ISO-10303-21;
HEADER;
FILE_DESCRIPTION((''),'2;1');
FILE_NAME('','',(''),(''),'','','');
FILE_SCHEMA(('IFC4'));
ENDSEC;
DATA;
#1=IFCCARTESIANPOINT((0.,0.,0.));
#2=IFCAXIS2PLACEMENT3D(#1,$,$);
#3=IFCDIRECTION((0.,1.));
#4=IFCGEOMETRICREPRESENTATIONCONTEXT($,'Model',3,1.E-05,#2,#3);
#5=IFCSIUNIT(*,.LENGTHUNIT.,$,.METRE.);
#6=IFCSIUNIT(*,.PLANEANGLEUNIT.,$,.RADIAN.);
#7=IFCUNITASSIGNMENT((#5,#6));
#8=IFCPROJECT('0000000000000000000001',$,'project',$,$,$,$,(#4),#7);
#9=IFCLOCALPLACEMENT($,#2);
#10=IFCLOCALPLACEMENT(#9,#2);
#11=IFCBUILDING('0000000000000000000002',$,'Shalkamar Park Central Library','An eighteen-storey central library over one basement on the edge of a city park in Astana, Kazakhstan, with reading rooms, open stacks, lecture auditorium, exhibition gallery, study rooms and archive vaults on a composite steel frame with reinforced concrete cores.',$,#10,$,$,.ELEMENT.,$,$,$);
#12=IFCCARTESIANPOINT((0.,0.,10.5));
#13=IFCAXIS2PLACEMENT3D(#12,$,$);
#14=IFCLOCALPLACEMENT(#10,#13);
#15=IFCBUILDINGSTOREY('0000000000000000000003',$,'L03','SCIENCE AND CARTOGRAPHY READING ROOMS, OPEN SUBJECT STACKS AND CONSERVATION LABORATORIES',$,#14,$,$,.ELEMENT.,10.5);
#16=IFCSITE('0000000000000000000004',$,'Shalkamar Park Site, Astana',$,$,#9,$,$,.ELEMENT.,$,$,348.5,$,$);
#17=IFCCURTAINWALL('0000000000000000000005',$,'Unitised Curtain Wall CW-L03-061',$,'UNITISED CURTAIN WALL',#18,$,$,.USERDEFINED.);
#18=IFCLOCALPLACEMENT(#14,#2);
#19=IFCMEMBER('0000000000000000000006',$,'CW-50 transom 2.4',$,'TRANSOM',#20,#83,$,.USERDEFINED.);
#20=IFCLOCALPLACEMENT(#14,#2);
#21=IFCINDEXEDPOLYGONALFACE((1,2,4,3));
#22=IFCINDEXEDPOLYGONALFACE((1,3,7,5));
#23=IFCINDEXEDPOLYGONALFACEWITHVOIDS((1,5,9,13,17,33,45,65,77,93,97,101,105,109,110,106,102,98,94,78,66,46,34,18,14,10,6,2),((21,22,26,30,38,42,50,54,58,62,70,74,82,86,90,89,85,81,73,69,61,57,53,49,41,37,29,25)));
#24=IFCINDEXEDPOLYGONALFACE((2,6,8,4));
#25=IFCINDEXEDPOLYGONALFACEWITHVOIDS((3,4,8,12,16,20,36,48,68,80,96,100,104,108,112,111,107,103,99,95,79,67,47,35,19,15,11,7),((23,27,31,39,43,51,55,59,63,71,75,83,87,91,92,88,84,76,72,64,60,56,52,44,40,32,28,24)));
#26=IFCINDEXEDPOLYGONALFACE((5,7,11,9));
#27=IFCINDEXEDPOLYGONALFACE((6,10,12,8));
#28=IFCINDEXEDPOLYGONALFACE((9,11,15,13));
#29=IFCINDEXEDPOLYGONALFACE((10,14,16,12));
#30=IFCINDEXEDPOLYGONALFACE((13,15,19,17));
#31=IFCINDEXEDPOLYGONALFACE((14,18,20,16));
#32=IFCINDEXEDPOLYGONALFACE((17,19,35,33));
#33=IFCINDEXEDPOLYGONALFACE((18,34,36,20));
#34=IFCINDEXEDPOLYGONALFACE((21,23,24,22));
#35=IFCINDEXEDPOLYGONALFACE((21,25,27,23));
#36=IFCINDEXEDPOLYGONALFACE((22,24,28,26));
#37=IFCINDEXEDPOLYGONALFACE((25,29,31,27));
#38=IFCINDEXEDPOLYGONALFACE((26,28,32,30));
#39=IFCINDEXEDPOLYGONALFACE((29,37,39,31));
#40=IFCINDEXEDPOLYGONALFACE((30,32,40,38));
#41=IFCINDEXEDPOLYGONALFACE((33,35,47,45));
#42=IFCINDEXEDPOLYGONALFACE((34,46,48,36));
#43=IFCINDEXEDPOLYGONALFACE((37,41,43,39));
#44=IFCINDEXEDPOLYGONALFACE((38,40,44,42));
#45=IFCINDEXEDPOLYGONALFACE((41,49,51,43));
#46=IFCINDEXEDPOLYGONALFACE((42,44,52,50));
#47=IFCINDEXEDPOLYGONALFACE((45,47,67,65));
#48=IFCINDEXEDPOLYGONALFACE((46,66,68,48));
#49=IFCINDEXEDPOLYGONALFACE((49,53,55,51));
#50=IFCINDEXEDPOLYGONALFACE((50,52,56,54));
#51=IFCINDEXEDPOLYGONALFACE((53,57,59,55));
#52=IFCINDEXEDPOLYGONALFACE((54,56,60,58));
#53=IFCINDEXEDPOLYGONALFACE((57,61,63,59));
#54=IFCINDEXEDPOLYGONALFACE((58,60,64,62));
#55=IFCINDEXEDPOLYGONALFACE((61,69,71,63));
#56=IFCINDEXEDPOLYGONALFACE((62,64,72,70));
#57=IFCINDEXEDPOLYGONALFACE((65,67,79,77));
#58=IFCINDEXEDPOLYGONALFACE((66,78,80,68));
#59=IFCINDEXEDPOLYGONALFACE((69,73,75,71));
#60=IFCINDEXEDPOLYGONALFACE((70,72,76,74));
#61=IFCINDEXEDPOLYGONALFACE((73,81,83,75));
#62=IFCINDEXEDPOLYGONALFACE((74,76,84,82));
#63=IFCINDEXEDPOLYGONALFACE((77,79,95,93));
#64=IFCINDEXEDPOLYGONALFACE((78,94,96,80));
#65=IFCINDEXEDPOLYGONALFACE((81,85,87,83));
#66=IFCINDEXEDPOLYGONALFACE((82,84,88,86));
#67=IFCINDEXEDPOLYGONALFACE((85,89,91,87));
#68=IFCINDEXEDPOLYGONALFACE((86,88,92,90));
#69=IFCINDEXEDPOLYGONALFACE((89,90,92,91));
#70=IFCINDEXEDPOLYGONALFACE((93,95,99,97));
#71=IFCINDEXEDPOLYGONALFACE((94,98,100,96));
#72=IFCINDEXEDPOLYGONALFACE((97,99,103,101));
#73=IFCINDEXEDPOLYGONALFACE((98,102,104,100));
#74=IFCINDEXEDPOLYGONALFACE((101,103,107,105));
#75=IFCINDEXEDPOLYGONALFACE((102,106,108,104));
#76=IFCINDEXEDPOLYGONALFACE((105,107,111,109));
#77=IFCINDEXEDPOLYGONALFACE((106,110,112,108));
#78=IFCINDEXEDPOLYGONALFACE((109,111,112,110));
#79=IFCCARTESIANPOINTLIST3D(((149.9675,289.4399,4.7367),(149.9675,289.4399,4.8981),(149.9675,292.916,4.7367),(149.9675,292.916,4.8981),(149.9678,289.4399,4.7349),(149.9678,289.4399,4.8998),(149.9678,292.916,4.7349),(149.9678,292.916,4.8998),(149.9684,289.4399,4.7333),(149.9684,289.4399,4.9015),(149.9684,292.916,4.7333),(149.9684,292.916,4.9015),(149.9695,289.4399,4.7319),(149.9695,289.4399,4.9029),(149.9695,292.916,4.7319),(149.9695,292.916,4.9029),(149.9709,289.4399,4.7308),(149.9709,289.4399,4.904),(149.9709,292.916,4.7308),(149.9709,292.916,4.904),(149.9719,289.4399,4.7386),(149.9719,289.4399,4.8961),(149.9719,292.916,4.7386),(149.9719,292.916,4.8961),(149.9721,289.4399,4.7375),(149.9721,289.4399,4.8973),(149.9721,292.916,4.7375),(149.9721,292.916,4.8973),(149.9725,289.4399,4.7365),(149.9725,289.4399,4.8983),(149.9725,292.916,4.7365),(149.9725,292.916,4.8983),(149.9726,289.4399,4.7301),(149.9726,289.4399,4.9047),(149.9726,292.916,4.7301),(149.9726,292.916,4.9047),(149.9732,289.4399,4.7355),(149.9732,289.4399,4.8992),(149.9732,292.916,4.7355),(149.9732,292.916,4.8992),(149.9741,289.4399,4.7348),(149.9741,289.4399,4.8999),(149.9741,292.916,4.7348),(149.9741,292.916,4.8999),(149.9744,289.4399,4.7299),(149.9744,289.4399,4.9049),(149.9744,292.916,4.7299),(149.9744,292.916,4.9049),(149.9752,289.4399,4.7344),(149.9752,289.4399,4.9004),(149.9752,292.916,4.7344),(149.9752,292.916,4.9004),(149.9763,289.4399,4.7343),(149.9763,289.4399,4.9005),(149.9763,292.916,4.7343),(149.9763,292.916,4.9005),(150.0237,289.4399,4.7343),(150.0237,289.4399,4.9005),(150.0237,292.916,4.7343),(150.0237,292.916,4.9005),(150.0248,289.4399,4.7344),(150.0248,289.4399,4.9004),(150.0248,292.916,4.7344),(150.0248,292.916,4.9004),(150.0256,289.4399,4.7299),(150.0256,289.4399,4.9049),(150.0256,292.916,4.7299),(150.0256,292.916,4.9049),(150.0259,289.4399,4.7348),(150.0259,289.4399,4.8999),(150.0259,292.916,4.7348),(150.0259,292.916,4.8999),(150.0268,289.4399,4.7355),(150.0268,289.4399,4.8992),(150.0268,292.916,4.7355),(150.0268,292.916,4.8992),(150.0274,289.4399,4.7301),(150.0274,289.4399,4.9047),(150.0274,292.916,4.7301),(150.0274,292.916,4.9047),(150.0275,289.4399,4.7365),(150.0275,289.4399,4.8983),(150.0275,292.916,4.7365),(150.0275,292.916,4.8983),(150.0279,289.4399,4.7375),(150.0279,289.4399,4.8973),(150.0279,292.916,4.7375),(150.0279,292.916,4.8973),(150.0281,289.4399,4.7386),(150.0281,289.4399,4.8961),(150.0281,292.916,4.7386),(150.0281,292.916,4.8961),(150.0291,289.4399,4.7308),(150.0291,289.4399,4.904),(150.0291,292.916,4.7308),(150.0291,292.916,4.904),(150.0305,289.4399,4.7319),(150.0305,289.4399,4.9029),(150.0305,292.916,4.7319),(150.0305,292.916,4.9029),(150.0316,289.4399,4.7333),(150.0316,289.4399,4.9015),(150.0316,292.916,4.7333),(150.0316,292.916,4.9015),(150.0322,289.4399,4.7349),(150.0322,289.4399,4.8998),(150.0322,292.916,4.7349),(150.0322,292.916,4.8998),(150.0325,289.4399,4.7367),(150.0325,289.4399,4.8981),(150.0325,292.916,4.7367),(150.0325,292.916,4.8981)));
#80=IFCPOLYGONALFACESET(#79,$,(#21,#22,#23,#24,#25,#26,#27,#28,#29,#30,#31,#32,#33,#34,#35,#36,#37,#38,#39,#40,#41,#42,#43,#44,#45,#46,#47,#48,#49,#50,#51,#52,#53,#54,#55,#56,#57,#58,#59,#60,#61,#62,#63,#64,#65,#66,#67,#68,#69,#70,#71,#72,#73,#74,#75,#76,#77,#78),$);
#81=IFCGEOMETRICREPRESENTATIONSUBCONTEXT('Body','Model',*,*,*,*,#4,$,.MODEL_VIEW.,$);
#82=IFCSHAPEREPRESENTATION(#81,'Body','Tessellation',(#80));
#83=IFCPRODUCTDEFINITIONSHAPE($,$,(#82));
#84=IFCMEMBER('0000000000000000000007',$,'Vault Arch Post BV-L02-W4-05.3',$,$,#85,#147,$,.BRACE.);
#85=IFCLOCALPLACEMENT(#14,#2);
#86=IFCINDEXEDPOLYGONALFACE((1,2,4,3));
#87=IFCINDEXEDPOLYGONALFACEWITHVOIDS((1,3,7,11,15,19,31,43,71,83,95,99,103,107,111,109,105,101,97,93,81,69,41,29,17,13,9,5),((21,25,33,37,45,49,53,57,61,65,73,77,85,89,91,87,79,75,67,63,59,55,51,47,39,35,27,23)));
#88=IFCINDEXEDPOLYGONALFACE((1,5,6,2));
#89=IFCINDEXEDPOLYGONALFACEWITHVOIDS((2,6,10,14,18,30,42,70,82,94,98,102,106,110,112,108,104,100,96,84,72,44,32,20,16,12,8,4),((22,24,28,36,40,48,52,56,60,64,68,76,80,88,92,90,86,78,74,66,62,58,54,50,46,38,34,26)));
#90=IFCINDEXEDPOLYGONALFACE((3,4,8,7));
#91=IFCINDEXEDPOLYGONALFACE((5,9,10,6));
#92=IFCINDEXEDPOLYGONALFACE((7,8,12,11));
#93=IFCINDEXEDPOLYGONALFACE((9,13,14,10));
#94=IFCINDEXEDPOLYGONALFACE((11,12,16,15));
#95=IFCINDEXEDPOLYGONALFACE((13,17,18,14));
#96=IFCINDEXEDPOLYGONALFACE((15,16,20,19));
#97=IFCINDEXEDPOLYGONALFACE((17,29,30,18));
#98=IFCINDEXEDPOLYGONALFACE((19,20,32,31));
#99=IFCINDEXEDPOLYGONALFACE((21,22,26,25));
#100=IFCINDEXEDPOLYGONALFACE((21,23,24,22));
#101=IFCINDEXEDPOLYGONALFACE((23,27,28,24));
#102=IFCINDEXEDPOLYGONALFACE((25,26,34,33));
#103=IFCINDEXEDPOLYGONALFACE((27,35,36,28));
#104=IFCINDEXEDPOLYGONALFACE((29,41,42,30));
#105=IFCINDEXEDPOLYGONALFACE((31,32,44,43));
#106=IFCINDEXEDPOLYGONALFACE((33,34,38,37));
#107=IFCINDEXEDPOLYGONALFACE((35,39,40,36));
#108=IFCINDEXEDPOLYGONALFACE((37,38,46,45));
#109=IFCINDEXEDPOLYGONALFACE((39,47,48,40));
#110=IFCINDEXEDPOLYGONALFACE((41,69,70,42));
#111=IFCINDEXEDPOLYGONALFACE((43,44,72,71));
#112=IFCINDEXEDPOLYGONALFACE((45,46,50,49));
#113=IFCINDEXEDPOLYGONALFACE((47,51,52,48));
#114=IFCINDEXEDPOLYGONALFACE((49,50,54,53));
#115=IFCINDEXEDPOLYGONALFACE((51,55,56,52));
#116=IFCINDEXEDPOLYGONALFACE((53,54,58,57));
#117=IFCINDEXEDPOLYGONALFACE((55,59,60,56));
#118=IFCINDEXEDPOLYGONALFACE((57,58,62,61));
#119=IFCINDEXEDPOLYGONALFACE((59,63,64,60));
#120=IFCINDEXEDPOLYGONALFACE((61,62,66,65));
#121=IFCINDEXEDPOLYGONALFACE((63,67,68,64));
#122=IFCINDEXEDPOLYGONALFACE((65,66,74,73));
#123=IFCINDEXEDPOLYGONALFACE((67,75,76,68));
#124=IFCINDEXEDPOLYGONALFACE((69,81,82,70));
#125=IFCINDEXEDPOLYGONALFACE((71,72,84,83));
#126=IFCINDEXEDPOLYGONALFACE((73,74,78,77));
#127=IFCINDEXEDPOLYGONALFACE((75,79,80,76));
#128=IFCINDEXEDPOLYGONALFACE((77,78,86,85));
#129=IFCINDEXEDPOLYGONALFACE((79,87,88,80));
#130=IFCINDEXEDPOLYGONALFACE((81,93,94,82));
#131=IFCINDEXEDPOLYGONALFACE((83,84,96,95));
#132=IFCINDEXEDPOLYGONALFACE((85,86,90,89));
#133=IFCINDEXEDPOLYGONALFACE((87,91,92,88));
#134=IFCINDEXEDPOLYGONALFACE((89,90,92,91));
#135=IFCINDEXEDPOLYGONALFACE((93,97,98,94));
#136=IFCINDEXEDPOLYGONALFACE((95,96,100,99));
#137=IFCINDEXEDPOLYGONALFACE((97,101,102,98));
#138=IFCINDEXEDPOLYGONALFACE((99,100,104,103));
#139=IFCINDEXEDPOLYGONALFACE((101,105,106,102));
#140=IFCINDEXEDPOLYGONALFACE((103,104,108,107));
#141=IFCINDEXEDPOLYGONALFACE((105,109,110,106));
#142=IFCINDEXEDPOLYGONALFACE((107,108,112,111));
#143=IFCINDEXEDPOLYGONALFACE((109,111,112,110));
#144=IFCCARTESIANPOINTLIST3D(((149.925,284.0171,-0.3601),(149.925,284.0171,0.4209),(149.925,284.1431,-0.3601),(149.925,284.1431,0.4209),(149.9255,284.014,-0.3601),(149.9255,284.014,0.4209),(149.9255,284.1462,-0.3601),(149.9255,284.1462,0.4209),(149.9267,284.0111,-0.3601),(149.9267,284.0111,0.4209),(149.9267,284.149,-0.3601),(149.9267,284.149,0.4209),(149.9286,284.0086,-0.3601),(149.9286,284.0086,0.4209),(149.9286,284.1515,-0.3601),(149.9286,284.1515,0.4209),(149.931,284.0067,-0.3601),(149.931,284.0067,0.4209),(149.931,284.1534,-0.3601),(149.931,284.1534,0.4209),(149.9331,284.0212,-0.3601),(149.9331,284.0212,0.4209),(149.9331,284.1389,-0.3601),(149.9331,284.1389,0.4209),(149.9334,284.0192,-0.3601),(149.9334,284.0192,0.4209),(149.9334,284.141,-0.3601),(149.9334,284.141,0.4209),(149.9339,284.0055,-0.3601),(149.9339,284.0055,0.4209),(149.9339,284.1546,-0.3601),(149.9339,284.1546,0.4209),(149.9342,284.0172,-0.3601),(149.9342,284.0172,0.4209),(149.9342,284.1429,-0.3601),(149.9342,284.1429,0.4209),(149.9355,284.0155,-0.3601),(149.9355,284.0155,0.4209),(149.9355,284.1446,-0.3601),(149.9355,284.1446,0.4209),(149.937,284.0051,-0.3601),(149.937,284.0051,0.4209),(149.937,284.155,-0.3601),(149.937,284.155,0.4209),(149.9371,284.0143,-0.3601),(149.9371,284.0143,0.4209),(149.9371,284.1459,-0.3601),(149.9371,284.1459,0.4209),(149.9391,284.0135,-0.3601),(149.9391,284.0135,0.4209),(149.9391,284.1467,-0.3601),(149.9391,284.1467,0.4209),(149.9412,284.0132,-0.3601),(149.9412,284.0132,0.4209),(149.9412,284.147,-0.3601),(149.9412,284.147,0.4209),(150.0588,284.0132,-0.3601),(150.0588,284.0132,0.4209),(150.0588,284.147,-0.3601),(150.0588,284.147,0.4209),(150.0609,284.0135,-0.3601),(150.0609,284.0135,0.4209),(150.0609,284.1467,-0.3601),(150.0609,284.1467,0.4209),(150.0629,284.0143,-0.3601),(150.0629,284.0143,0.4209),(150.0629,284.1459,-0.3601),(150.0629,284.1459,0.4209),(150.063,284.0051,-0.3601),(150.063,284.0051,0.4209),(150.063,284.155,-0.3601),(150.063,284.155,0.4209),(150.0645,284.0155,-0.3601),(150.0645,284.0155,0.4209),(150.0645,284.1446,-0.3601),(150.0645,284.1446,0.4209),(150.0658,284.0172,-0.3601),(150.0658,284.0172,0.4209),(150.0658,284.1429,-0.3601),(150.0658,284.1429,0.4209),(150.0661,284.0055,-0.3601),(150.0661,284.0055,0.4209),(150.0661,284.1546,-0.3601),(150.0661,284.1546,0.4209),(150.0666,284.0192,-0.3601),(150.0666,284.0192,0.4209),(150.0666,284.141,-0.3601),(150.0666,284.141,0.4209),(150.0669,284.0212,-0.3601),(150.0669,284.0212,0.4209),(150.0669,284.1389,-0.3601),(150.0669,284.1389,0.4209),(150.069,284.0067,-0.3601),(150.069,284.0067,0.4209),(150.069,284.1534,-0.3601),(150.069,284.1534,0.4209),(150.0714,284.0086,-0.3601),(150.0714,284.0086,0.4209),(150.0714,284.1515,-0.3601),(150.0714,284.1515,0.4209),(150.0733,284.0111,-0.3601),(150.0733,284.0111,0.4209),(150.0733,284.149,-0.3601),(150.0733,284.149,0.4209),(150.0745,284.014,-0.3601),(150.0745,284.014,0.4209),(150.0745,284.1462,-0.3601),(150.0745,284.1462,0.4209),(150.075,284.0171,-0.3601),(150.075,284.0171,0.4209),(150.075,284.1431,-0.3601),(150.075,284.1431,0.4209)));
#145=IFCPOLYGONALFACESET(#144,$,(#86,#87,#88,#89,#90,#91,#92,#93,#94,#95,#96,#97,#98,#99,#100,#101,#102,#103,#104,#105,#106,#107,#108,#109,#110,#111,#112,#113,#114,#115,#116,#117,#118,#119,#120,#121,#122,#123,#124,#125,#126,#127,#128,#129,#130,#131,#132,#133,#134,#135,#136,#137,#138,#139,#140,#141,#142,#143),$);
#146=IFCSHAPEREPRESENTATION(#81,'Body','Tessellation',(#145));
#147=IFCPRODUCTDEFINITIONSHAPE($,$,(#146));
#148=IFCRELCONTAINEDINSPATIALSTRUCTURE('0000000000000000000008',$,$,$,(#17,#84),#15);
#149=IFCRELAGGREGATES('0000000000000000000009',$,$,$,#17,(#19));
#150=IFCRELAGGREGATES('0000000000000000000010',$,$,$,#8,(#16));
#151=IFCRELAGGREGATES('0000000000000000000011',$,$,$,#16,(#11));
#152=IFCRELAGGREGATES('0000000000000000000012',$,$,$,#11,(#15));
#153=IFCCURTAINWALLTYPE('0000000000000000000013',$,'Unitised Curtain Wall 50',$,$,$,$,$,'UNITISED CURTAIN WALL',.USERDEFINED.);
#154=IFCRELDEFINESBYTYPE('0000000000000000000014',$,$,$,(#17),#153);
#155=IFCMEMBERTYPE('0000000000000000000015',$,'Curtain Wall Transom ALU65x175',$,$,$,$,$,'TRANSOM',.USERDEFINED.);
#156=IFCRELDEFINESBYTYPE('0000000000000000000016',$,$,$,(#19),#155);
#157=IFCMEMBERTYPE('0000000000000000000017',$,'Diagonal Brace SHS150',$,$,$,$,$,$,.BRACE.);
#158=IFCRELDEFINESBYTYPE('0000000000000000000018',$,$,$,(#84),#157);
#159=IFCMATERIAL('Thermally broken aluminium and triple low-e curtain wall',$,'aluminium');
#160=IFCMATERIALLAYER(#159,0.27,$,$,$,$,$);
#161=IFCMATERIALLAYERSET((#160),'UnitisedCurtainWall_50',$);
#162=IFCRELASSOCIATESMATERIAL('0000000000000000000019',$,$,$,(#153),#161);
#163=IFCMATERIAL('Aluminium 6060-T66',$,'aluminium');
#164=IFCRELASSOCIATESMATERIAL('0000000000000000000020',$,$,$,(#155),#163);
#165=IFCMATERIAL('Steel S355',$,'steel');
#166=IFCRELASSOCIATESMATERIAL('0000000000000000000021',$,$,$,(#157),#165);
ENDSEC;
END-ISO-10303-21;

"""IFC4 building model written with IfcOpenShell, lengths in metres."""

from ifc_helpers import new_model, si_unit, direction, frame, origin, origin_2d, place, context, subcontext, project, spatial, hollow_rectangle, extrude, material, layer, layer_set, material_profile, profile_set, type_object, element, aggregate, save


model = new_model("IFC4")

# Units and contexts
model_context = context("Model", 3, precision=1e-05, world=origin(), true_north=direction((0.0, 1.0)))
body_context = subcontext(model_context, "Body", "Model", "MODEL_VIEW")
ifc_project = project(units=[si_unit("LENGTHUNIT", "METRE"), si_unit("PLANEANGLEUNIT", "RADIAN")], contexts=[model_context])

# Site, building, storey
site_placement = place(None, origin())
site = spatial("IfcSite", under=ifc_project, at=site_placement, Name="Shalkamar Park Site, Astana", CompositionType="ELEMENT", RefElevation=348.5)
building_placement = place(site_placement, origin())
building = spatial("IfcBuilding", under=site, at=building_placement, Name="Shalkamar Park Central Library", Description="An eighteen-storey central library over one basement on the edge of a city park in Astana, Kazakhstan, with reading rooms, open stacks, lecture auditorium, exhibition gallery, study rooms and archive vaults on a composite steel frame with reinforced concrete cores.", CompositionType="ELEMENT")
storey_placement = place(building_placement, frame((0.0, 0.0, 10.5)))
storey = spatial("IfcBuildingStorey", under=building, at=storey_placement, Name="L03", Description="SCIENCE AND CARTOGRAPHY READING ROOMS, OPEN SUBJECT STACKS AND CONSERVATION LABORATORIES", CompositionType="ELEMENT", Elevation=10.5)

# Shared definitions
ifc_material_1 = material(Name="Steel S355", Category="steel")

# Shared definitions
ifc_material_2 = material(Name="Thermally broken aluminium and triple low-e curtain wall", Category="aluminium")
ifc_material_3 = material(Name="Aluminium 6060-T66", Category="aluminium")

# Curtain wall, member
ifc_layer_1 = layer(ifc_material_2, 0.27)
ifc_layer_set_1 = layer_set([ifc_layer_1], Name="UnitisedCurtainWall_50")
curtain_wall_type_1 = type_object("IfcCurtainWallType", Name="Unitised Curtain Wall 50", ElementType="UNITISED CURTAIN WALL", PredefinedType="USERDEFINED", material=ifc_layer_set_1)
curtain_wall_1_placement = place(storey_placement, origin())
curtain_wall_1 = element("IfcCurtainWall", 1, at=curtain_wall_1_placement, inside=storey, type_object=curtain_wall_type_1, Name="Unitised Curtain Wall CW-L03-061", ObjectType="UNITISED CURTAIN WALL", PredefinedType="USERDEFINED")
ifc_material_profile_1 = material_profile(ifc_material_3, hollow_rectangle(XDim=0.0649, YDim=0.175, WallThickness=0.0044, InnerFilletRadius=0.0044, OuterFilletRadius=0.0068, at=origin_2d()), Name="ALU 65x175x4.5")
ifc_profile_set_1 = profile_set([ifc_material_profile_1], Name="Aluminium 6060-T66")
member_type_1 = type_object("IfcMemberType", Name="Curtain Wall Transom ALU65x175", ElementType="TRANSOM", PredefinedType="USERDEFINED", material=ifc_profile_set_1)
member_1_placement = place(storey_placement, frame((150.0, 289.4399, 4.8174), z_axis=(0.0, 1.0, 0.0), x_axis=(-1.0, 0.0, 0.0)))
member_1 = element("IfcMember", 2, at=member_1_placement, type_object=member_type_1, Name="CW-50 transom 2.4", ObjectType="TRANSOM", PredefinedType="USERDEFINED", context=body_context, shape_type="SweptSolid", body=[
    extrude(hollow_rectangle(XDim=0.0649, YDim=0.175, WallThickness=0.0044, InnerFilletRadius=0.0044, OuterFilletRadius=0.0068, at=origin_2d()), origin(), (0.0, 0.0, 1.0), 3.4761),
])

# Member
ifc_material_profile_2 = material_profile(ifc_material_1, hollow_rectangle(XDim=0.1499, YDim=0.1499, WallThickness=0.0081, InnerFilletRadius=0.0081, OuterFilletRadius=0.012, at=origin_2d()), Name="SHS 150x150x8")
ifc_profile_set_2 = profile_set([ifc_material_profile_2], Name="Steel S355")
member_type_2 = type_object("IfcMemberType", Name="Diagonal Brace SHS150", PredefinedType="BRACE", material=ifc_profile_set_2)
for number, where, z_axis, x_axis, name in (
    (3, (150.0, 284.0801, -0.3601), (0.0, 0.0, 1.0), (1.0, 0.0, 0.0), "Vault Arch Post BV-L02-W4-05.3"),
):
    element("IfcMember", number, at=place(storey_placement, frame(where, z_axis=z_axis, x_axis=x_axis)), inside=storey, type_object=member_type_2, Name=name, PredefinedType="BRACE", context=body_context, shape_type="SweptSolid", body=[
        extrude(hollow_rectangle(XDim=0.1499, YDim=0.1499, WallThickness=0.0081, InnerFilletRadius=0.0081, OuterFilletRadius=0.012, at=origin_2d()), origin(), (0.0, 0.0, 1.0), 0.781),
    ])

aggregate(curtain_wall_1, [member_1])

save(model, "model.ifc")
